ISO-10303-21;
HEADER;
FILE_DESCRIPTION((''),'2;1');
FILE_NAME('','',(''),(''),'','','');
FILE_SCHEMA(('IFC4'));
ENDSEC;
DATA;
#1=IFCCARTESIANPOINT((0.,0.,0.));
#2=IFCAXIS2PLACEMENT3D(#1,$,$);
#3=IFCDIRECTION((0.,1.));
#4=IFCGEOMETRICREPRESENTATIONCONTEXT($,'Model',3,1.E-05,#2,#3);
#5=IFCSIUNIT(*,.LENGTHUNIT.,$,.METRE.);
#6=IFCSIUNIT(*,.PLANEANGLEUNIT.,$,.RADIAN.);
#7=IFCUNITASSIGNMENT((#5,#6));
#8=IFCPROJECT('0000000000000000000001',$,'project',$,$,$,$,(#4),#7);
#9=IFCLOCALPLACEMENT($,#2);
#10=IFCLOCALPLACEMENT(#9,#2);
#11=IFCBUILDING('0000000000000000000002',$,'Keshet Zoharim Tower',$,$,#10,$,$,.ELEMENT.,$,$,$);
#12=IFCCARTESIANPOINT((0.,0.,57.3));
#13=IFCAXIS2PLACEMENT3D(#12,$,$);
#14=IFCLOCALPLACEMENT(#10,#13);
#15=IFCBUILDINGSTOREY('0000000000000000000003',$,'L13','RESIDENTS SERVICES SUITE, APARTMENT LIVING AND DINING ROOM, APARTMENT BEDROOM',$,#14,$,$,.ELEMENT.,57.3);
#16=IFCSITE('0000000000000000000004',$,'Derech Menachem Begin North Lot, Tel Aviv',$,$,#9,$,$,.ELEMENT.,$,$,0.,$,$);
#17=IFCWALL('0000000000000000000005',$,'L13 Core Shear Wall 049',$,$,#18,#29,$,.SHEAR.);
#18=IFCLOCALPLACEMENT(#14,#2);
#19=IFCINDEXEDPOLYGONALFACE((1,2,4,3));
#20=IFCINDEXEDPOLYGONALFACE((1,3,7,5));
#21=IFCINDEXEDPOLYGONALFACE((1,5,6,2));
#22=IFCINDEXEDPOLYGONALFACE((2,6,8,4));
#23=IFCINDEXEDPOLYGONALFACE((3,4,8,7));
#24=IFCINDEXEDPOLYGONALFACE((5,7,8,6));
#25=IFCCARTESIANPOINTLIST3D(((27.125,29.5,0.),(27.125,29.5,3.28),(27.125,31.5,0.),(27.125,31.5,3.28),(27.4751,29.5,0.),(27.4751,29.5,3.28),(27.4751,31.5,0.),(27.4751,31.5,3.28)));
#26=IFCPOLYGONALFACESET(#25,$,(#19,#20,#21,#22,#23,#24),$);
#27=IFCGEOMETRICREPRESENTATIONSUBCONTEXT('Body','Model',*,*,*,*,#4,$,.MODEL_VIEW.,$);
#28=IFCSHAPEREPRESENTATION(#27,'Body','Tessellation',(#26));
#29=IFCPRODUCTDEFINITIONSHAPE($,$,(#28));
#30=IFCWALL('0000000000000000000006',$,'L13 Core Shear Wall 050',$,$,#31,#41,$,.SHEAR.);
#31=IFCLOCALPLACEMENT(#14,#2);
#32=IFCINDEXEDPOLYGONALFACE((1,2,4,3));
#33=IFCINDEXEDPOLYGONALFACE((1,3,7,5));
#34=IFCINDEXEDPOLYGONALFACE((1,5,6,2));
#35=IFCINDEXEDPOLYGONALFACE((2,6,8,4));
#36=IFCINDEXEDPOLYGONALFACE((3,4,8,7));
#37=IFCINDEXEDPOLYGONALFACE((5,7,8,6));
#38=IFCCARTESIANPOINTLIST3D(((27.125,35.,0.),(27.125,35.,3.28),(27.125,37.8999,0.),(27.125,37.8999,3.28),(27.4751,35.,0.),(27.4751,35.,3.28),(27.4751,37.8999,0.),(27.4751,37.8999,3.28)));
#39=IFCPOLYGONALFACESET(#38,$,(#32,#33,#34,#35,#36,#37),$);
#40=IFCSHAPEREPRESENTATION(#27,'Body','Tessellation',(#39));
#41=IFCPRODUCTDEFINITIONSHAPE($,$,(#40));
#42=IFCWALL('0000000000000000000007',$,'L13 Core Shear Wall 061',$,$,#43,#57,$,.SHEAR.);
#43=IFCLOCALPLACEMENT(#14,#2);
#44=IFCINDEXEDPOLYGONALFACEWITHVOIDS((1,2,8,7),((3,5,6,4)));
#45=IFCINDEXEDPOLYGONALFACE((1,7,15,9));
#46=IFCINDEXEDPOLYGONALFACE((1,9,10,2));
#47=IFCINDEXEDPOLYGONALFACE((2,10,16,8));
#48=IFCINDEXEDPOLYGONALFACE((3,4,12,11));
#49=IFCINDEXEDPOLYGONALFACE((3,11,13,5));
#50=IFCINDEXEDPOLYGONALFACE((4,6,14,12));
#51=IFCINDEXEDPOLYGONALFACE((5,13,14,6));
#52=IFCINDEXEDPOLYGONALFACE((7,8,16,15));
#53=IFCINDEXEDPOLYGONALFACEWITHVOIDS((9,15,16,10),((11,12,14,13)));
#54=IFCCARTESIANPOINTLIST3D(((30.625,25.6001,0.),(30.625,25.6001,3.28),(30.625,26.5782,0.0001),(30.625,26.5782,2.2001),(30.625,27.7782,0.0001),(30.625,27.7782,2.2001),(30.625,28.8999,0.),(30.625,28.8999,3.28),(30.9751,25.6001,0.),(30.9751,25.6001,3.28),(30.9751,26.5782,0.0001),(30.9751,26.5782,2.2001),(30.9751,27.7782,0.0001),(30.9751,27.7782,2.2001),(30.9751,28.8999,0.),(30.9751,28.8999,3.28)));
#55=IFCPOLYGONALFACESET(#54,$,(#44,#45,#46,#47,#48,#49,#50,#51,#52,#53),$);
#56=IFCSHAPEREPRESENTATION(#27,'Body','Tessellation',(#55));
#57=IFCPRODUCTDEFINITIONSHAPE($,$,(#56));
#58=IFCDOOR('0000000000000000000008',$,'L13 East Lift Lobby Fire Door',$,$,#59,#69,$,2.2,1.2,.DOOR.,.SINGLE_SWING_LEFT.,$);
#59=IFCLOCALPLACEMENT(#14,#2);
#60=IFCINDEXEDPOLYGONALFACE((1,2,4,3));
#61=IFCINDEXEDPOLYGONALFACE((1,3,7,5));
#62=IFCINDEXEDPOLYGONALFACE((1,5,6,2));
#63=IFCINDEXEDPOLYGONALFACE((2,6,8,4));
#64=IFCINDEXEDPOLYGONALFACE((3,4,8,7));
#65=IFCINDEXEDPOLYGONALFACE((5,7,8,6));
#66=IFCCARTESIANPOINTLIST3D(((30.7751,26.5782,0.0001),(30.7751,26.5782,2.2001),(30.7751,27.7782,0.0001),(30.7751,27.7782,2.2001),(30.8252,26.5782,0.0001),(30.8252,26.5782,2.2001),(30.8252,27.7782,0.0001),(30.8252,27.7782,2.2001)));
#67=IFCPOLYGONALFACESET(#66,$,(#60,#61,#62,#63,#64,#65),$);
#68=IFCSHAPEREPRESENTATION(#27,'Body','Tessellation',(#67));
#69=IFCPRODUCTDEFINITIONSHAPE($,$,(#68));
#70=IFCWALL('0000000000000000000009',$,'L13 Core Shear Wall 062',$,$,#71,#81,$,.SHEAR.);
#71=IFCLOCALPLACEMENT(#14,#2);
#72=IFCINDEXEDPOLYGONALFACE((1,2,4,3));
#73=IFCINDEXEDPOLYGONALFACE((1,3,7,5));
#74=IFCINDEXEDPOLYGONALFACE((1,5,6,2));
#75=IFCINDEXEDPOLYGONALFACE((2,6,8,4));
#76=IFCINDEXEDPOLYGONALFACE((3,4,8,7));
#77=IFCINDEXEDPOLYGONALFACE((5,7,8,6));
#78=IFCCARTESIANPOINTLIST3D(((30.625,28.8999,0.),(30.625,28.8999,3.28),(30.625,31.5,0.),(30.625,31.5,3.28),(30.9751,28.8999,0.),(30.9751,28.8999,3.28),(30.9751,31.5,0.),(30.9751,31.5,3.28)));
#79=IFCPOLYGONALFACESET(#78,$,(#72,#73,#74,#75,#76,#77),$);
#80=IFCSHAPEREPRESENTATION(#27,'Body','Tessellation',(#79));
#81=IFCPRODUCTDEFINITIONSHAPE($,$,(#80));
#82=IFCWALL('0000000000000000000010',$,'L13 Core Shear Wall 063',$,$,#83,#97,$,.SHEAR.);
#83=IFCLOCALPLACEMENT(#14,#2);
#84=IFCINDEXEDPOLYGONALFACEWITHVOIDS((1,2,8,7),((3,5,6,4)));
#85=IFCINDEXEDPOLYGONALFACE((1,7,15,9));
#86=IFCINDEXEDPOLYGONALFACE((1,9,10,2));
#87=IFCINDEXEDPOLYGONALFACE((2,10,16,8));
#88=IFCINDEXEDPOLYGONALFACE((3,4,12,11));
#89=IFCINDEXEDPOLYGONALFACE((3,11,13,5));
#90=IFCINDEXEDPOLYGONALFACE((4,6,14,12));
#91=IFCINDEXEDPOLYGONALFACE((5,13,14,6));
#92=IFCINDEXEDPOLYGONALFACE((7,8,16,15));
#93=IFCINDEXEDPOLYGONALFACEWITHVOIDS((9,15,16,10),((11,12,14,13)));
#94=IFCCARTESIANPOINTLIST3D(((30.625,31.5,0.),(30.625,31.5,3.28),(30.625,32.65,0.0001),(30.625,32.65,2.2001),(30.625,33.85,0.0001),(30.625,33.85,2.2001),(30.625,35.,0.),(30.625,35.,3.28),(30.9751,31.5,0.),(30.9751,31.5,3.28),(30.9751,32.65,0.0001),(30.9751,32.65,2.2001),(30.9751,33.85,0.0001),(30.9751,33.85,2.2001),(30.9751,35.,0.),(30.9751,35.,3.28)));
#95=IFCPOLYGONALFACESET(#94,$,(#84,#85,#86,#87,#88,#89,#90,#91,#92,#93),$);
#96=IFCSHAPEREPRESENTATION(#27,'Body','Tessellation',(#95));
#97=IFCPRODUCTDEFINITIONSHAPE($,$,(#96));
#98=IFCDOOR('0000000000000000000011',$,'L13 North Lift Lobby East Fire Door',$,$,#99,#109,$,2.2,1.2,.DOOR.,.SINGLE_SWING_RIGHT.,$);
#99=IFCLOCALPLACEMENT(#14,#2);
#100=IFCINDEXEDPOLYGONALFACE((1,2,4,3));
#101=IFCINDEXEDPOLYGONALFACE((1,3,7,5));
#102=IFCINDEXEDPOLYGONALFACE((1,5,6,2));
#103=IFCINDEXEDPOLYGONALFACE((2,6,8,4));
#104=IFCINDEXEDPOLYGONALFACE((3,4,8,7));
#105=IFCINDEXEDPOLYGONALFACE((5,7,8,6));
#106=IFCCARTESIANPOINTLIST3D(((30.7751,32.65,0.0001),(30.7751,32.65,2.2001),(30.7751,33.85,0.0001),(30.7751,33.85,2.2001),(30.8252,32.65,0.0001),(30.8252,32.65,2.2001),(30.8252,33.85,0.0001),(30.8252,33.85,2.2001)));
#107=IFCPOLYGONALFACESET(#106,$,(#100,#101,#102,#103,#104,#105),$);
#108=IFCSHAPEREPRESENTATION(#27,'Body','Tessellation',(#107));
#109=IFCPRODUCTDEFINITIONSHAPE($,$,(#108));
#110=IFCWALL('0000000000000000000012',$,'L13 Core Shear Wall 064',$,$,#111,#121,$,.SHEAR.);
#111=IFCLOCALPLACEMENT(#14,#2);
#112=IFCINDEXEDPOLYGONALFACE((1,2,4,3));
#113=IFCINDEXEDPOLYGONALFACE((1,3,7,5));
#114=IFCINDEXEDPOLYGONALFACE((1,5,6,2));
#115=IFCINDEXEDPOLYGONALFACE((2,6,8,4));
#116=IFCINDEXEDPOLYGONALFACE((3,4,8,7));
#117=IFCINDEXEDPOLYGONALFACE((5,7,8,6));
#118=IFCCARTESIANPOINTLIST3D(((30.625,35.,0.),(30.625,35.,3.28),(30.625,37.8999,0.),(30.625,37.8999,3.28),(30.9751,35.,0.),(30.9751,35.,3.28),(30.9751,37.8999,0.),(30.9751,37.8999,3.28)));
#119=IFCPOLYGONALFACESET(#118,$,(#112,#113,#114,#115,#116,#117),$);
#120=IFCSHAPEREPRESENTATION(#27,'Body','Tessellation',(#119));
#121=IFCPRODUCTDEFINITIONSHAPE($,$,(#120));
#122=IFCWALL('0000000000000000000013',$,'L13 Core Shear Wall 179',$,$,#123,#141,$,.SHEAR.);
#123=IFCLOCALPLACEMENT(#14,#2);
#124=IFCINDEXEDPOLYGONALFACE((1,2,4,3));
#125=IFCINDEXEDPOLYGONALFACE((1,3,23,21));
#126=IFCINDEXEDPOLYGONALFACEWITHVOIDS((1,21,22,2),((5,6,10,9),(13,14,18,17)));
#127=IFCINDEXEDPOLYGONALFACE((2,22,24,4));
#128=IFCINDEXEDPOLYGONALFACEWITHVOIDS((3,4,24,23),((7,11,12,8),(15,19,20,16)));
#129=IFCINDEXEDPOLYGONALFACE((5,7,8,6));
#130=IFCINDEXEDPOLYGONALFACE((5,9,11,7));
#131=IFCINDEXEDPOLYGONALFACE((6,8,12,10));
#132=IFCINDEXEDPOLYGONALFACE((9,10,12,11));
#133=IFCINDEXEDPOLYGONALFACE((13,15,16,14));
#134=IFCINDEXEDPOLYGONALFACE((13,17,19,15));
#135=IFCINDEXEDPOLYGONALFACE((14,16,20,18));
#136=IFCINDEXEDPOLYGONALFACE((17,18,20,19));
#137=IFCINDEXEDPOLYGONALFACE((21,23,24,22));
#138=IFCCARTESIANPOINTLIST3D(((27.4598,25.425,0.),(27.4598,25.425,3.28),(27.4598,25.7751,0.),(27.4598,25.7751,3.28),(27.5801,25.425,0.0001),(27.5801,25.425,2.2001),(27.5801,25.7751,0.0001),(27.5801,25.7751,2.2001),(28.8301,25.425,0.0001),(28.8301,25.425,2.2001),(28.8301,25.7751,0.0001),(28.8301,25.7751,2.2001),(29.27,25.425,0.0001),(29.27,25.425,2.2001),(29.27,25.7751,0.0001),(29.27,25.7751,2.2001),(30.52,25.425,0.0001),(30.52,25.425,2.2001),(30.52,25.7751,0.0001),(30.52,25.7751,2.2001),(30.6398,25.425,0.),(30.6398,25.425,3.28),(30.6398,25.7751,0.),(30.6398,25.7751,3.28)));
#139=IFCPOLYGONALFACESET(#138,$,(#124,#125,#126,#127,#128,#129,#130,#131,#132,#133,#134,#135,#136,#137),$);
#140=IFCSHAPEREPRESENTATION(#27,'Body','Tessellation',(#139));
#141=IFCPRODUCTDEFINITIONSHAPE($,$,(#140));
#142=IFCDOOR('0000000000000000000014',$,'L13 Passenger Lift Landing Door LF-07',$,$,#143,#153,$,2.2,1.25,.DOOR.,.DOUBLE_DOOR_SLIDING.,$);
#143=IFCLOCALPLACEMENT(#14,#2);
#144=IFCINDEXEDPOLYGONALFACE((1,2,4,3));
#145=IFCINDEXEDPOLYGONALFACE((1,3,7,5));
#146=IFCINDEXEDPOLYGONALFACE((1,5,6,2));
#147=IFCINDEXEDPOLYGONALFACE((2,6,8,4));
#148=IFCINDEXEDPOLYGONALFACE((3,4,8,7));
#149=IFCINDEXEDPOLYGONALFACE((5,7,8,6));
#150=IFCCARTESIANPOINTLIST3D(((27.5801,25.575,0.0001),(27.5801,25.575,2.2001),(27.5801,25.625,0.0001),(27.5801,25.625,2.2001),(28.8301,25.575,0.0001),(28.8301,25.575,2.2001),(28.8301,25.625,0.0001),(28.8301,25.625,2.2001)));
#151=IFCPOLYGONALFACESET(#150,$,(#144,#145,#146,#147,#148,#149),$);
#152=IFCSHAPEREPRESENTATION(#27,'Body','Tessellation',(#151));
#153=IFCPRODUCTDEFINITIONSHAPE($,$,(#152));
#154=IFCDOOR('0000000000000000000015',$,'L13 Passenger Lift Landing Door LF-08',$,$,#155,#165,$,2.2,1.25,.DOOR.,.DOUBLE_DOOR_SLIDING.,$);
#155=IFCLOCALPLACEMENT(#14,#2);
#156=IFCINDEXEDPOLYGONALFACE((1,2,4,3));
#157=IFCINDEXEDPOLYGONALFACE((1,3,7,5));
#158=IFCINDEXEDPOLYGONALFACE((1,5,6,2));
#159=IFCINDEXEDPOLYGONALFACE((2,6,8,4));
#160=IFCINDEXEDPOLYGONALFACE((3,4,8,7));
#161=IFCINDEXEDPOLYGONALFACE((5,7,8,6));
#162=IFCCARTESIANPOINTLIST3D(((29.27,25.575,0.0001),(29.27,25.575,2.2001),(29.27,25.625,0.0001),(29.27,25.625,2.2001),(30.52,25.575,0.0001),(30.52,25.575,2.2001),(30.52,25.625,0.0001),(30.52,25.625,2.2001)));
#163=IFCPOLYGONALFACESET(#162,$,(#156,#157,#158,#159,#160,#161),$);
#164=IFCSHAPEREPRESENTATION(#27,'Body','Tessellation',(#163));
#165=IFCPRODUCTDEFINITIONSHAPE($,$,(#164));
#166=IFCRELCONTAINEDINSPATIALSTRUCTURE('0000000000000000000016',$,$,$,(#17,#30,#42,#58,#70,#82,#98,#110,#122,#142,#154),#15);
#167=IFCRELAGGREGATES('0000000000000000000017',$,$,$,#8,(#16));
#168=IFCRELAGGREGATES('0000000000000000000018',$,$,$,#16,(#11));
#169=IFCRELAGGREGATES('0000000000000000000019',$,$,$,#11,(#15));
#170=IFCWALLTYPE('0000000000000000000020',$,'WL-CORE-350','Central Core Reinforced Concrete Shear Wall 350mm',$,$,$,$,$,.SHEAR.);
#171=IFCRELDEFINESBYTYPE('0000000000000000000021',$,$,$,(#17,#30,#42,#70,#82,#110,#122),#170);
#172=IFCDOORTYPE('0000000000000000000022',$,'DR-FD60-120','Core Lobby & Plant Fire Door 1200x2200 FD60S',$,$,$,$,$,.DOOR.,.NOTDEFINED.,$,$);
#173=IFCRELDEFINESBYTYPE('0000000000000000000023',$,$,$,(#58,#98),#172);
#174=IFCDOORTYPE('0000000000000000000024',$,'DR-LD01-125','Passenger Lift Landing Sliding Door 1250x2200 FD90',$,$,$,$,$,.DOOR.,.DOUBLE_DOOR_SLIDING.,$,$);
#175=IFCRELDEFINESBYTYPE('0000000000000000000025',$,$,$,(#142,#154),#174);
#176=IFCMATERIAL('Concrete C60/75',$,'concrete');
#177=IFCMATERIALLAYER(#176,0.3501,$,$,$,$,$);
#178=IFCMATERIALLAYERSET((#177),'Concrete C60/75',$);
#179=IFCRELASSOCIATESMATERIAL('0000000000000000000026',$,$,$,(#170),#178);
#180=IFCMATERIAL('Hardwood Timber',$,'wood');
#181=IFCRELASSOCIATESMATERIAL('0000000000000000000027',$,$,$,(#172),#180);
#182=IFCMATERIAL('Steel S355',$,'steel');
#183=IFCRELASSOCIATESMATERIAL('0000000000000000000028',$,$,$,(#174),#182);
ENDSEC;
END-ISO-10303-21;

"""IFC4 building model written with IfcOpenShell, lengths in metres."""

from ifc_helpers import new_model, si_unit, direction, frame, frame_2d, origin, place, context, subcontext, project, spatial, rectangle, extrude, material, layer, layer_set, type_object, element, fill, save


model = new_model("IFC4")

# Units and contexts
model_context = context("Model", 3, precision=1e-05, world=origin(), true_north=direction((0.0, 1.0)))
body_context = subcontext(model_context, "Body", "Model", "MODEL_VIEW")
ifc_project = project(units=[si_unit("LENGTHUNIT", "METRE"), si_unit("PLANEANGLEUNIT", "RADIAN")], contexts=[model_context])

# Site, building, storey
site_placement = place(None, origin())
site = spatial("IfcSite", under=ifc_project, at=site_placement, Name="Derech Menachem Begin North Lot, Tel Aviv", CompositionType="ELEMENT", RefElevation=0.0)
building_placement = place(site_placement, origin())
building = spatial("IfcBuilding", under=site, at=building_placement, Name="Keshet Zoharim Tower", CompositionType="ELEMENT")
storey_placement = place(building_placement, frame((0.0, 0.0, 57.3)))
storey = spatial("IfcBuildingStorey", under=building, at=storey_placement, Name="L13", Description="RESIDENTS SERVICES SUITE, APARTMENT LIVING AND DINING ROOM, APARTMENT BEDROOM", CompositionType="ELEMENT", Elevation=57.3)

# Shared definitions
ifc_material_1 = material(Name="Concrete C60/75", Category="concrete")

# Shared definitions
ifc_material_2 = material(Name="Steel S355", Category="steel")

# Walls
ifc_layer_1 = layer(ifc_material_1, 0.3501)
ifc_layer_set_1 = layer_set([ifc_layer_1], Name="Concrete C60/75")
wall_type_1 = type_object("IfcWallType", Name="WL-CORE-350", Description="Central Core Reinforced Concrete Shear Wall 350mm", PredefinedType="SHEAR", material=ifc_layer_set_1)
wall_1_placement = place(storey_placement, frame((27.3, 29.5, 0.0), z_axis=(0.0, 0.0, 1.0), x_axis=(0.0, 1.0, 0.0)))
element("IfcWall", 1, at=wall_1_placement, inside=storey, type_object=wall_type_1, Name="L13 Core Shear Wall 049", PredefinedType="SHEAR", context=body_context, shape_type="SweptSolid", body=[
    extrude(rectangle(XDim=2.0, YDim=0.3501, at=frame_2d((1.0, 0.0))), origin(), (0.0, 0.0, 1.0), 3.28),
])
wall_2_placement = place(storey_placement, frame((27.3, 35.0, 0.0), z_axis=(0.0, 0.0, 1.0), x_axis=(0.0, 1.0, 0.0)))
element("IfcWall", 2, at=wall_2_placement, inside=storey, type_object=wall_type_1, Name="L13 Core Shear Wall 050", PredefinedType="SHEAR", context=body_context, shape_type="SweptSolid", body=[
    extrude(rectangle(XDim=2.8999, YDim=0.3501, at=frame_2d((1.45, 0.0))), origin(), (0.0, 0.0, 1.0), 3.28),
])

# Wall, opening, door
wall_3_placement = place(storey_placement, frame((30.8, 25.6001, 0.0), z_axis=(0.0, 0.0, 1.0), x_axis=(0.0, 1.0, 0.0)))
wall_3 = element("IfcWall", 3, at=wall_3_placement, inside=storey, type_object=wall_type_1, Name="L13 Core Shear Wall 061", PredefinedType="SHEAR", context=body_context, shape_type="SweptSolid", body=[
    extrude(rectangle(XDim=3.2998, YDim=0.3501, at=frame_2d((1.6499, 0.0))), origin(), (0.0, 0.0, 1.0), 3.28),
])
opening_1_placement = place(wall_3_placement, frame((0.978, 0.0, 0.0)))
opening_1 = element("IfcOpeningElement", 4, at=opening_1_placement, cuts=wall_3, PredefinedType="OPENING", context=body_context, shape_type="SweptSolid", body=[
    extrude(rectangle(XDim=1.2, YDim=2.2, at=frame_2d((0.6001, 1.1001))), frame((0.0, 0.1851, 0.0), z_axis=(0.0, -1.0, 0.0), x_axis=(1.0, 0.0, 0.0)), (0.0, 0.0, 1.0), 0.3701),
])
ifc_material_3 = material(Name="Hardwood Timber", Category="wood")
door_type_1 = type_object("IfcDoorType", Name="DR-FD60-120", Description="Core Lobby & Plant Fire Door 1200x2200 FD60S", OperationType="NOTDEFINED", PredefinedType="DOOR", material=ifc_material_3)
door_1_placement = place(opening_1_placement, origin())
door_1 = element("IfcDoor", 5, at=door_1_placement, inside=storey, type_object=door_type_1, Name="L13 East Lift Lobby Fire Door", OperationType="SINGLE_SWING_LEFT", OverallHeight=2.2, OverallWidth=1.2, PredefinedType="DOOR", context=body_context, shape_type="SweptSolid", body=[
    extrude(rectangle(XDim=1.2, YDim=2.2, at=frame_2d((0.6001, 1.1001))), frame((0.0, 0.0249, 0.0), z_axis=(0.0, -1.0, 0.0), x_axis=(1.0, 0.0, 0.0)), (0.0, 0.0, 1.0), 0.05),
])
fill(opening_1, door_1)

# Wall
wall_4_placement = place(storey_placement, frame((30.8, 28.8999, 0.0), z_axis=(0.0, 0.0, 1.0), x_axis=(0.0, 1.0, 0.0)))
element("IfcWall", 6, at=wall_4_placement, inside=storey, type_object=wall_type_1, Name="L13 Core Shear Wall 062", PredefinedType="SHEAR", context=body_context, shape_type="SweptSolid", body=[
    extrude(rectangle(XDim=2.6001, YDim=0.3501, at=frame_2d((1.3, 0.0))), origin(), (0.0, 0.0, 1.0), 3.28),
])

# Wall, opening, door
wall_5_placement = place(storey_placement, frame((30.8, 31.5, 0.0), z_axis=(0.0, 0.0, 1.0), x_axis=(0.0, 1.0, 0.0)))
wall_5 = element("IfcWall", 7, at=wall_5_placement, inside=storey, type_object=wall_type_1, Name="L13 Core Shear Wall 063", PredefinedType="SHEAR", context=body_context, shape_type="SweptSolid", body=[
    extrude(rectangle(XDim=3.5, YDim=0.3501, at=frame_2d((1.75, 0.0))), origin(), (0.0, 0.0, 1.0), 3.28),
])
opening_2_placement = place(wall_5_placement, frame((1.1499, 0.0, 0.0)))
opening_2 = element("IfcOpeningElement", 8, at=opening_2_placement, cuts=wall_5, PredefinedType="OPENING", context=body_context, shape_type="SweptSolid", body=[
    extrude(rectangle(XDim=1.2, YDim=2.2, at=frame_2d((0.6001, 1.1001))), frame((0.0, 0.1851, 0.0), z_axis=(0.0, -1.0, 0.0), x_axis=(1.0, 0.0, 0.0)), (0.0, 0.0, 1.0), 0.3701),
])
door_2_placement = place(opening_2_placement, origin())
door_2 = element("IfcDoor", 9, at=door_2_placement, inside=storey, type_object=door_type_1, Name="L13 North Lift Lobby East Fire Door", OperationType="SINGLE_SWING_RIGHT", OverallHeight=2.2, OverallWidth=1.2, PredefinedType="DOOR", context=body_context, shape_type="SweptSolid", body=[
    extrude(rectangle(XDim=1.2, YDim=2.2, at=frame_2d((0.6001, 1.1001))), frame((0.0, 0.0249, 0.0), z_axis=(0.0, -1.0, 0.0), x_axis=(1.0, 0.0, 0.0)), (0.0, 0.0, 1.0), 0.05),
])
fill(opening_2, door_2)

# Wall
wall_6_placement = place(storey_placement, frame((30.8, 35.0, 0.0), z_axis=(0.0, 0.0, 1.0), x_axis=(0.0, 1.0, 0.0)))
element("IfcWall", 10, at=wall_6_placement, inside=storey, type_object=wall_type_1, Name="L13 Core Shear Wall 064", PredefinedType="SHEAR", context=body_context, shape_type="SweptSolid", body=[
    extrude(rectangle(XDim=2.8999, YDim=0.3501, at=frame_2d((1.45, 0.0))), origin(), (0.0, 0.0, 1.0), 3.28),
])

# Wall, openings, doors
wall_7_placement = place(storey_placement, frame((27.46, 25.6001, 0.0), z_axis=(0.0, 0.0, 1.0), x_axis=(1.0, 0.0, 0.0)))
wall_7 = element("IfcWall", 11, at=wall_7_placement, inside=storey, type_object=wall_type_1, Name="L13 Core Shear Wall 179", PredefinedType="SHEAR", context=body_context, shape_type="SweptSolid", body=[
    extrude(rectangle(XDim=3.1799, YDim=0.3501, at=frame_2d((1.5898, 0.0))), origin(), (0.0, 0.0, 1.0), 3.28),
])
opening_3_placement = place(wall_7_placement, frame((0.1201, 0.0, 0.0)))
opening_3 = element("IfcOpeningElement", 12, at=opening_3_placement, cuts=wall_7, PredefinedType="OPENING", context=body_context, shape_type="SweptSolid", body=[
    extrude(rectangle(XDim=1.25, YDim=2.2, at=frame_2d((0.625, 1.1001))), frame((0.0, 0.1851, 0.0), z_axis=(0.0, -1.0, 0.0), x_axis=(1.0, 0.0, 0.0)), (0.0, 0.0, 1.0), 0.3701),
])
opening_4_placement = place(wall_7_placement, frame((1.8101, 0.0, 0.0)))
opening_4 = element("IfcOpeningElement", 13, at=opening_4_placement, cuts=wall_7, PredefinedType="OPENING", context=body_context, shape_type="SweptSolid", body=[
    extrude(rectangle(XDim=1.25, YDim=2.2, at=frame_2d((0.625, 1.1001))), frame((0.0, 0.1851, 0.0), z_axis=(0.0, -1.0, 0.0), x_axis=(1.0, 0.0, 0.0)), (0.0, 0.0, 1.0), 0.3701),
])
door_type_2 = type_object("IfcDoorType", Name="DR-LD01-125", Description="Passenger Lift Landing Sliding Door 1250x2200 FD90", OperationType="DOUBLE_DOOR_SLIDING", PredefinedType="DOOR", material=ifc_material_2)
door_3_placement = place(opening_3_placement, origin())
door_3 = element("IfcDoor", 14, at=door_3_placement, inside=storey, type_object=door_type_2, Name="L13 Passenger Lift Landing Door LF-07", OperationType="DOUBLE_DOOR_SLIDING", OverallHeight=2.2, OverallWidth=1.25, PredefinedType="DOOR", context=body_context, shape_type="SweptSolid", body=[
    extrude(rectangle(XDim=1.25, YDim=2.2, at=frame_2d((0.625, 1.1001))), frame((0.0, 0.0249, 0.0), z_axis=(0.0, -1.0, 0.0), x_axis=(1.0, 0.0, 0.0)), (0.0, 0.0, 1.0), 0.05),
])
fill(opening_3, door_3)
door_4_placement = place(opening_4_placement, origin())
door_4 = element("IfcDoor", 15, at=door_4_placement, inside=storey, type_object=door_type_2, Name="L13 Passenger Lift Landing Door LF-08", OperationType="DOUBLE_DOOR_SLIDING", OverallHeight=2.2, OverallWidth=1.25, PredefinedType="DOOR", context=body_context, shape_type="SweptSolid", body=[
    extrude(rectangle(XDim=1.25, YDim=2.2, at=frame_2d((0.625, 1.1001))), frame((0.0, 0.0249, 0.0), z_axis=(0.0, -1.0, 0.0), x_axis=(1.0, 0.0, 0.0)), (0.0, 0.0, 1.0), 0.05),
])
fill(opening_4, door_4)

save(model, "model.ifc")
